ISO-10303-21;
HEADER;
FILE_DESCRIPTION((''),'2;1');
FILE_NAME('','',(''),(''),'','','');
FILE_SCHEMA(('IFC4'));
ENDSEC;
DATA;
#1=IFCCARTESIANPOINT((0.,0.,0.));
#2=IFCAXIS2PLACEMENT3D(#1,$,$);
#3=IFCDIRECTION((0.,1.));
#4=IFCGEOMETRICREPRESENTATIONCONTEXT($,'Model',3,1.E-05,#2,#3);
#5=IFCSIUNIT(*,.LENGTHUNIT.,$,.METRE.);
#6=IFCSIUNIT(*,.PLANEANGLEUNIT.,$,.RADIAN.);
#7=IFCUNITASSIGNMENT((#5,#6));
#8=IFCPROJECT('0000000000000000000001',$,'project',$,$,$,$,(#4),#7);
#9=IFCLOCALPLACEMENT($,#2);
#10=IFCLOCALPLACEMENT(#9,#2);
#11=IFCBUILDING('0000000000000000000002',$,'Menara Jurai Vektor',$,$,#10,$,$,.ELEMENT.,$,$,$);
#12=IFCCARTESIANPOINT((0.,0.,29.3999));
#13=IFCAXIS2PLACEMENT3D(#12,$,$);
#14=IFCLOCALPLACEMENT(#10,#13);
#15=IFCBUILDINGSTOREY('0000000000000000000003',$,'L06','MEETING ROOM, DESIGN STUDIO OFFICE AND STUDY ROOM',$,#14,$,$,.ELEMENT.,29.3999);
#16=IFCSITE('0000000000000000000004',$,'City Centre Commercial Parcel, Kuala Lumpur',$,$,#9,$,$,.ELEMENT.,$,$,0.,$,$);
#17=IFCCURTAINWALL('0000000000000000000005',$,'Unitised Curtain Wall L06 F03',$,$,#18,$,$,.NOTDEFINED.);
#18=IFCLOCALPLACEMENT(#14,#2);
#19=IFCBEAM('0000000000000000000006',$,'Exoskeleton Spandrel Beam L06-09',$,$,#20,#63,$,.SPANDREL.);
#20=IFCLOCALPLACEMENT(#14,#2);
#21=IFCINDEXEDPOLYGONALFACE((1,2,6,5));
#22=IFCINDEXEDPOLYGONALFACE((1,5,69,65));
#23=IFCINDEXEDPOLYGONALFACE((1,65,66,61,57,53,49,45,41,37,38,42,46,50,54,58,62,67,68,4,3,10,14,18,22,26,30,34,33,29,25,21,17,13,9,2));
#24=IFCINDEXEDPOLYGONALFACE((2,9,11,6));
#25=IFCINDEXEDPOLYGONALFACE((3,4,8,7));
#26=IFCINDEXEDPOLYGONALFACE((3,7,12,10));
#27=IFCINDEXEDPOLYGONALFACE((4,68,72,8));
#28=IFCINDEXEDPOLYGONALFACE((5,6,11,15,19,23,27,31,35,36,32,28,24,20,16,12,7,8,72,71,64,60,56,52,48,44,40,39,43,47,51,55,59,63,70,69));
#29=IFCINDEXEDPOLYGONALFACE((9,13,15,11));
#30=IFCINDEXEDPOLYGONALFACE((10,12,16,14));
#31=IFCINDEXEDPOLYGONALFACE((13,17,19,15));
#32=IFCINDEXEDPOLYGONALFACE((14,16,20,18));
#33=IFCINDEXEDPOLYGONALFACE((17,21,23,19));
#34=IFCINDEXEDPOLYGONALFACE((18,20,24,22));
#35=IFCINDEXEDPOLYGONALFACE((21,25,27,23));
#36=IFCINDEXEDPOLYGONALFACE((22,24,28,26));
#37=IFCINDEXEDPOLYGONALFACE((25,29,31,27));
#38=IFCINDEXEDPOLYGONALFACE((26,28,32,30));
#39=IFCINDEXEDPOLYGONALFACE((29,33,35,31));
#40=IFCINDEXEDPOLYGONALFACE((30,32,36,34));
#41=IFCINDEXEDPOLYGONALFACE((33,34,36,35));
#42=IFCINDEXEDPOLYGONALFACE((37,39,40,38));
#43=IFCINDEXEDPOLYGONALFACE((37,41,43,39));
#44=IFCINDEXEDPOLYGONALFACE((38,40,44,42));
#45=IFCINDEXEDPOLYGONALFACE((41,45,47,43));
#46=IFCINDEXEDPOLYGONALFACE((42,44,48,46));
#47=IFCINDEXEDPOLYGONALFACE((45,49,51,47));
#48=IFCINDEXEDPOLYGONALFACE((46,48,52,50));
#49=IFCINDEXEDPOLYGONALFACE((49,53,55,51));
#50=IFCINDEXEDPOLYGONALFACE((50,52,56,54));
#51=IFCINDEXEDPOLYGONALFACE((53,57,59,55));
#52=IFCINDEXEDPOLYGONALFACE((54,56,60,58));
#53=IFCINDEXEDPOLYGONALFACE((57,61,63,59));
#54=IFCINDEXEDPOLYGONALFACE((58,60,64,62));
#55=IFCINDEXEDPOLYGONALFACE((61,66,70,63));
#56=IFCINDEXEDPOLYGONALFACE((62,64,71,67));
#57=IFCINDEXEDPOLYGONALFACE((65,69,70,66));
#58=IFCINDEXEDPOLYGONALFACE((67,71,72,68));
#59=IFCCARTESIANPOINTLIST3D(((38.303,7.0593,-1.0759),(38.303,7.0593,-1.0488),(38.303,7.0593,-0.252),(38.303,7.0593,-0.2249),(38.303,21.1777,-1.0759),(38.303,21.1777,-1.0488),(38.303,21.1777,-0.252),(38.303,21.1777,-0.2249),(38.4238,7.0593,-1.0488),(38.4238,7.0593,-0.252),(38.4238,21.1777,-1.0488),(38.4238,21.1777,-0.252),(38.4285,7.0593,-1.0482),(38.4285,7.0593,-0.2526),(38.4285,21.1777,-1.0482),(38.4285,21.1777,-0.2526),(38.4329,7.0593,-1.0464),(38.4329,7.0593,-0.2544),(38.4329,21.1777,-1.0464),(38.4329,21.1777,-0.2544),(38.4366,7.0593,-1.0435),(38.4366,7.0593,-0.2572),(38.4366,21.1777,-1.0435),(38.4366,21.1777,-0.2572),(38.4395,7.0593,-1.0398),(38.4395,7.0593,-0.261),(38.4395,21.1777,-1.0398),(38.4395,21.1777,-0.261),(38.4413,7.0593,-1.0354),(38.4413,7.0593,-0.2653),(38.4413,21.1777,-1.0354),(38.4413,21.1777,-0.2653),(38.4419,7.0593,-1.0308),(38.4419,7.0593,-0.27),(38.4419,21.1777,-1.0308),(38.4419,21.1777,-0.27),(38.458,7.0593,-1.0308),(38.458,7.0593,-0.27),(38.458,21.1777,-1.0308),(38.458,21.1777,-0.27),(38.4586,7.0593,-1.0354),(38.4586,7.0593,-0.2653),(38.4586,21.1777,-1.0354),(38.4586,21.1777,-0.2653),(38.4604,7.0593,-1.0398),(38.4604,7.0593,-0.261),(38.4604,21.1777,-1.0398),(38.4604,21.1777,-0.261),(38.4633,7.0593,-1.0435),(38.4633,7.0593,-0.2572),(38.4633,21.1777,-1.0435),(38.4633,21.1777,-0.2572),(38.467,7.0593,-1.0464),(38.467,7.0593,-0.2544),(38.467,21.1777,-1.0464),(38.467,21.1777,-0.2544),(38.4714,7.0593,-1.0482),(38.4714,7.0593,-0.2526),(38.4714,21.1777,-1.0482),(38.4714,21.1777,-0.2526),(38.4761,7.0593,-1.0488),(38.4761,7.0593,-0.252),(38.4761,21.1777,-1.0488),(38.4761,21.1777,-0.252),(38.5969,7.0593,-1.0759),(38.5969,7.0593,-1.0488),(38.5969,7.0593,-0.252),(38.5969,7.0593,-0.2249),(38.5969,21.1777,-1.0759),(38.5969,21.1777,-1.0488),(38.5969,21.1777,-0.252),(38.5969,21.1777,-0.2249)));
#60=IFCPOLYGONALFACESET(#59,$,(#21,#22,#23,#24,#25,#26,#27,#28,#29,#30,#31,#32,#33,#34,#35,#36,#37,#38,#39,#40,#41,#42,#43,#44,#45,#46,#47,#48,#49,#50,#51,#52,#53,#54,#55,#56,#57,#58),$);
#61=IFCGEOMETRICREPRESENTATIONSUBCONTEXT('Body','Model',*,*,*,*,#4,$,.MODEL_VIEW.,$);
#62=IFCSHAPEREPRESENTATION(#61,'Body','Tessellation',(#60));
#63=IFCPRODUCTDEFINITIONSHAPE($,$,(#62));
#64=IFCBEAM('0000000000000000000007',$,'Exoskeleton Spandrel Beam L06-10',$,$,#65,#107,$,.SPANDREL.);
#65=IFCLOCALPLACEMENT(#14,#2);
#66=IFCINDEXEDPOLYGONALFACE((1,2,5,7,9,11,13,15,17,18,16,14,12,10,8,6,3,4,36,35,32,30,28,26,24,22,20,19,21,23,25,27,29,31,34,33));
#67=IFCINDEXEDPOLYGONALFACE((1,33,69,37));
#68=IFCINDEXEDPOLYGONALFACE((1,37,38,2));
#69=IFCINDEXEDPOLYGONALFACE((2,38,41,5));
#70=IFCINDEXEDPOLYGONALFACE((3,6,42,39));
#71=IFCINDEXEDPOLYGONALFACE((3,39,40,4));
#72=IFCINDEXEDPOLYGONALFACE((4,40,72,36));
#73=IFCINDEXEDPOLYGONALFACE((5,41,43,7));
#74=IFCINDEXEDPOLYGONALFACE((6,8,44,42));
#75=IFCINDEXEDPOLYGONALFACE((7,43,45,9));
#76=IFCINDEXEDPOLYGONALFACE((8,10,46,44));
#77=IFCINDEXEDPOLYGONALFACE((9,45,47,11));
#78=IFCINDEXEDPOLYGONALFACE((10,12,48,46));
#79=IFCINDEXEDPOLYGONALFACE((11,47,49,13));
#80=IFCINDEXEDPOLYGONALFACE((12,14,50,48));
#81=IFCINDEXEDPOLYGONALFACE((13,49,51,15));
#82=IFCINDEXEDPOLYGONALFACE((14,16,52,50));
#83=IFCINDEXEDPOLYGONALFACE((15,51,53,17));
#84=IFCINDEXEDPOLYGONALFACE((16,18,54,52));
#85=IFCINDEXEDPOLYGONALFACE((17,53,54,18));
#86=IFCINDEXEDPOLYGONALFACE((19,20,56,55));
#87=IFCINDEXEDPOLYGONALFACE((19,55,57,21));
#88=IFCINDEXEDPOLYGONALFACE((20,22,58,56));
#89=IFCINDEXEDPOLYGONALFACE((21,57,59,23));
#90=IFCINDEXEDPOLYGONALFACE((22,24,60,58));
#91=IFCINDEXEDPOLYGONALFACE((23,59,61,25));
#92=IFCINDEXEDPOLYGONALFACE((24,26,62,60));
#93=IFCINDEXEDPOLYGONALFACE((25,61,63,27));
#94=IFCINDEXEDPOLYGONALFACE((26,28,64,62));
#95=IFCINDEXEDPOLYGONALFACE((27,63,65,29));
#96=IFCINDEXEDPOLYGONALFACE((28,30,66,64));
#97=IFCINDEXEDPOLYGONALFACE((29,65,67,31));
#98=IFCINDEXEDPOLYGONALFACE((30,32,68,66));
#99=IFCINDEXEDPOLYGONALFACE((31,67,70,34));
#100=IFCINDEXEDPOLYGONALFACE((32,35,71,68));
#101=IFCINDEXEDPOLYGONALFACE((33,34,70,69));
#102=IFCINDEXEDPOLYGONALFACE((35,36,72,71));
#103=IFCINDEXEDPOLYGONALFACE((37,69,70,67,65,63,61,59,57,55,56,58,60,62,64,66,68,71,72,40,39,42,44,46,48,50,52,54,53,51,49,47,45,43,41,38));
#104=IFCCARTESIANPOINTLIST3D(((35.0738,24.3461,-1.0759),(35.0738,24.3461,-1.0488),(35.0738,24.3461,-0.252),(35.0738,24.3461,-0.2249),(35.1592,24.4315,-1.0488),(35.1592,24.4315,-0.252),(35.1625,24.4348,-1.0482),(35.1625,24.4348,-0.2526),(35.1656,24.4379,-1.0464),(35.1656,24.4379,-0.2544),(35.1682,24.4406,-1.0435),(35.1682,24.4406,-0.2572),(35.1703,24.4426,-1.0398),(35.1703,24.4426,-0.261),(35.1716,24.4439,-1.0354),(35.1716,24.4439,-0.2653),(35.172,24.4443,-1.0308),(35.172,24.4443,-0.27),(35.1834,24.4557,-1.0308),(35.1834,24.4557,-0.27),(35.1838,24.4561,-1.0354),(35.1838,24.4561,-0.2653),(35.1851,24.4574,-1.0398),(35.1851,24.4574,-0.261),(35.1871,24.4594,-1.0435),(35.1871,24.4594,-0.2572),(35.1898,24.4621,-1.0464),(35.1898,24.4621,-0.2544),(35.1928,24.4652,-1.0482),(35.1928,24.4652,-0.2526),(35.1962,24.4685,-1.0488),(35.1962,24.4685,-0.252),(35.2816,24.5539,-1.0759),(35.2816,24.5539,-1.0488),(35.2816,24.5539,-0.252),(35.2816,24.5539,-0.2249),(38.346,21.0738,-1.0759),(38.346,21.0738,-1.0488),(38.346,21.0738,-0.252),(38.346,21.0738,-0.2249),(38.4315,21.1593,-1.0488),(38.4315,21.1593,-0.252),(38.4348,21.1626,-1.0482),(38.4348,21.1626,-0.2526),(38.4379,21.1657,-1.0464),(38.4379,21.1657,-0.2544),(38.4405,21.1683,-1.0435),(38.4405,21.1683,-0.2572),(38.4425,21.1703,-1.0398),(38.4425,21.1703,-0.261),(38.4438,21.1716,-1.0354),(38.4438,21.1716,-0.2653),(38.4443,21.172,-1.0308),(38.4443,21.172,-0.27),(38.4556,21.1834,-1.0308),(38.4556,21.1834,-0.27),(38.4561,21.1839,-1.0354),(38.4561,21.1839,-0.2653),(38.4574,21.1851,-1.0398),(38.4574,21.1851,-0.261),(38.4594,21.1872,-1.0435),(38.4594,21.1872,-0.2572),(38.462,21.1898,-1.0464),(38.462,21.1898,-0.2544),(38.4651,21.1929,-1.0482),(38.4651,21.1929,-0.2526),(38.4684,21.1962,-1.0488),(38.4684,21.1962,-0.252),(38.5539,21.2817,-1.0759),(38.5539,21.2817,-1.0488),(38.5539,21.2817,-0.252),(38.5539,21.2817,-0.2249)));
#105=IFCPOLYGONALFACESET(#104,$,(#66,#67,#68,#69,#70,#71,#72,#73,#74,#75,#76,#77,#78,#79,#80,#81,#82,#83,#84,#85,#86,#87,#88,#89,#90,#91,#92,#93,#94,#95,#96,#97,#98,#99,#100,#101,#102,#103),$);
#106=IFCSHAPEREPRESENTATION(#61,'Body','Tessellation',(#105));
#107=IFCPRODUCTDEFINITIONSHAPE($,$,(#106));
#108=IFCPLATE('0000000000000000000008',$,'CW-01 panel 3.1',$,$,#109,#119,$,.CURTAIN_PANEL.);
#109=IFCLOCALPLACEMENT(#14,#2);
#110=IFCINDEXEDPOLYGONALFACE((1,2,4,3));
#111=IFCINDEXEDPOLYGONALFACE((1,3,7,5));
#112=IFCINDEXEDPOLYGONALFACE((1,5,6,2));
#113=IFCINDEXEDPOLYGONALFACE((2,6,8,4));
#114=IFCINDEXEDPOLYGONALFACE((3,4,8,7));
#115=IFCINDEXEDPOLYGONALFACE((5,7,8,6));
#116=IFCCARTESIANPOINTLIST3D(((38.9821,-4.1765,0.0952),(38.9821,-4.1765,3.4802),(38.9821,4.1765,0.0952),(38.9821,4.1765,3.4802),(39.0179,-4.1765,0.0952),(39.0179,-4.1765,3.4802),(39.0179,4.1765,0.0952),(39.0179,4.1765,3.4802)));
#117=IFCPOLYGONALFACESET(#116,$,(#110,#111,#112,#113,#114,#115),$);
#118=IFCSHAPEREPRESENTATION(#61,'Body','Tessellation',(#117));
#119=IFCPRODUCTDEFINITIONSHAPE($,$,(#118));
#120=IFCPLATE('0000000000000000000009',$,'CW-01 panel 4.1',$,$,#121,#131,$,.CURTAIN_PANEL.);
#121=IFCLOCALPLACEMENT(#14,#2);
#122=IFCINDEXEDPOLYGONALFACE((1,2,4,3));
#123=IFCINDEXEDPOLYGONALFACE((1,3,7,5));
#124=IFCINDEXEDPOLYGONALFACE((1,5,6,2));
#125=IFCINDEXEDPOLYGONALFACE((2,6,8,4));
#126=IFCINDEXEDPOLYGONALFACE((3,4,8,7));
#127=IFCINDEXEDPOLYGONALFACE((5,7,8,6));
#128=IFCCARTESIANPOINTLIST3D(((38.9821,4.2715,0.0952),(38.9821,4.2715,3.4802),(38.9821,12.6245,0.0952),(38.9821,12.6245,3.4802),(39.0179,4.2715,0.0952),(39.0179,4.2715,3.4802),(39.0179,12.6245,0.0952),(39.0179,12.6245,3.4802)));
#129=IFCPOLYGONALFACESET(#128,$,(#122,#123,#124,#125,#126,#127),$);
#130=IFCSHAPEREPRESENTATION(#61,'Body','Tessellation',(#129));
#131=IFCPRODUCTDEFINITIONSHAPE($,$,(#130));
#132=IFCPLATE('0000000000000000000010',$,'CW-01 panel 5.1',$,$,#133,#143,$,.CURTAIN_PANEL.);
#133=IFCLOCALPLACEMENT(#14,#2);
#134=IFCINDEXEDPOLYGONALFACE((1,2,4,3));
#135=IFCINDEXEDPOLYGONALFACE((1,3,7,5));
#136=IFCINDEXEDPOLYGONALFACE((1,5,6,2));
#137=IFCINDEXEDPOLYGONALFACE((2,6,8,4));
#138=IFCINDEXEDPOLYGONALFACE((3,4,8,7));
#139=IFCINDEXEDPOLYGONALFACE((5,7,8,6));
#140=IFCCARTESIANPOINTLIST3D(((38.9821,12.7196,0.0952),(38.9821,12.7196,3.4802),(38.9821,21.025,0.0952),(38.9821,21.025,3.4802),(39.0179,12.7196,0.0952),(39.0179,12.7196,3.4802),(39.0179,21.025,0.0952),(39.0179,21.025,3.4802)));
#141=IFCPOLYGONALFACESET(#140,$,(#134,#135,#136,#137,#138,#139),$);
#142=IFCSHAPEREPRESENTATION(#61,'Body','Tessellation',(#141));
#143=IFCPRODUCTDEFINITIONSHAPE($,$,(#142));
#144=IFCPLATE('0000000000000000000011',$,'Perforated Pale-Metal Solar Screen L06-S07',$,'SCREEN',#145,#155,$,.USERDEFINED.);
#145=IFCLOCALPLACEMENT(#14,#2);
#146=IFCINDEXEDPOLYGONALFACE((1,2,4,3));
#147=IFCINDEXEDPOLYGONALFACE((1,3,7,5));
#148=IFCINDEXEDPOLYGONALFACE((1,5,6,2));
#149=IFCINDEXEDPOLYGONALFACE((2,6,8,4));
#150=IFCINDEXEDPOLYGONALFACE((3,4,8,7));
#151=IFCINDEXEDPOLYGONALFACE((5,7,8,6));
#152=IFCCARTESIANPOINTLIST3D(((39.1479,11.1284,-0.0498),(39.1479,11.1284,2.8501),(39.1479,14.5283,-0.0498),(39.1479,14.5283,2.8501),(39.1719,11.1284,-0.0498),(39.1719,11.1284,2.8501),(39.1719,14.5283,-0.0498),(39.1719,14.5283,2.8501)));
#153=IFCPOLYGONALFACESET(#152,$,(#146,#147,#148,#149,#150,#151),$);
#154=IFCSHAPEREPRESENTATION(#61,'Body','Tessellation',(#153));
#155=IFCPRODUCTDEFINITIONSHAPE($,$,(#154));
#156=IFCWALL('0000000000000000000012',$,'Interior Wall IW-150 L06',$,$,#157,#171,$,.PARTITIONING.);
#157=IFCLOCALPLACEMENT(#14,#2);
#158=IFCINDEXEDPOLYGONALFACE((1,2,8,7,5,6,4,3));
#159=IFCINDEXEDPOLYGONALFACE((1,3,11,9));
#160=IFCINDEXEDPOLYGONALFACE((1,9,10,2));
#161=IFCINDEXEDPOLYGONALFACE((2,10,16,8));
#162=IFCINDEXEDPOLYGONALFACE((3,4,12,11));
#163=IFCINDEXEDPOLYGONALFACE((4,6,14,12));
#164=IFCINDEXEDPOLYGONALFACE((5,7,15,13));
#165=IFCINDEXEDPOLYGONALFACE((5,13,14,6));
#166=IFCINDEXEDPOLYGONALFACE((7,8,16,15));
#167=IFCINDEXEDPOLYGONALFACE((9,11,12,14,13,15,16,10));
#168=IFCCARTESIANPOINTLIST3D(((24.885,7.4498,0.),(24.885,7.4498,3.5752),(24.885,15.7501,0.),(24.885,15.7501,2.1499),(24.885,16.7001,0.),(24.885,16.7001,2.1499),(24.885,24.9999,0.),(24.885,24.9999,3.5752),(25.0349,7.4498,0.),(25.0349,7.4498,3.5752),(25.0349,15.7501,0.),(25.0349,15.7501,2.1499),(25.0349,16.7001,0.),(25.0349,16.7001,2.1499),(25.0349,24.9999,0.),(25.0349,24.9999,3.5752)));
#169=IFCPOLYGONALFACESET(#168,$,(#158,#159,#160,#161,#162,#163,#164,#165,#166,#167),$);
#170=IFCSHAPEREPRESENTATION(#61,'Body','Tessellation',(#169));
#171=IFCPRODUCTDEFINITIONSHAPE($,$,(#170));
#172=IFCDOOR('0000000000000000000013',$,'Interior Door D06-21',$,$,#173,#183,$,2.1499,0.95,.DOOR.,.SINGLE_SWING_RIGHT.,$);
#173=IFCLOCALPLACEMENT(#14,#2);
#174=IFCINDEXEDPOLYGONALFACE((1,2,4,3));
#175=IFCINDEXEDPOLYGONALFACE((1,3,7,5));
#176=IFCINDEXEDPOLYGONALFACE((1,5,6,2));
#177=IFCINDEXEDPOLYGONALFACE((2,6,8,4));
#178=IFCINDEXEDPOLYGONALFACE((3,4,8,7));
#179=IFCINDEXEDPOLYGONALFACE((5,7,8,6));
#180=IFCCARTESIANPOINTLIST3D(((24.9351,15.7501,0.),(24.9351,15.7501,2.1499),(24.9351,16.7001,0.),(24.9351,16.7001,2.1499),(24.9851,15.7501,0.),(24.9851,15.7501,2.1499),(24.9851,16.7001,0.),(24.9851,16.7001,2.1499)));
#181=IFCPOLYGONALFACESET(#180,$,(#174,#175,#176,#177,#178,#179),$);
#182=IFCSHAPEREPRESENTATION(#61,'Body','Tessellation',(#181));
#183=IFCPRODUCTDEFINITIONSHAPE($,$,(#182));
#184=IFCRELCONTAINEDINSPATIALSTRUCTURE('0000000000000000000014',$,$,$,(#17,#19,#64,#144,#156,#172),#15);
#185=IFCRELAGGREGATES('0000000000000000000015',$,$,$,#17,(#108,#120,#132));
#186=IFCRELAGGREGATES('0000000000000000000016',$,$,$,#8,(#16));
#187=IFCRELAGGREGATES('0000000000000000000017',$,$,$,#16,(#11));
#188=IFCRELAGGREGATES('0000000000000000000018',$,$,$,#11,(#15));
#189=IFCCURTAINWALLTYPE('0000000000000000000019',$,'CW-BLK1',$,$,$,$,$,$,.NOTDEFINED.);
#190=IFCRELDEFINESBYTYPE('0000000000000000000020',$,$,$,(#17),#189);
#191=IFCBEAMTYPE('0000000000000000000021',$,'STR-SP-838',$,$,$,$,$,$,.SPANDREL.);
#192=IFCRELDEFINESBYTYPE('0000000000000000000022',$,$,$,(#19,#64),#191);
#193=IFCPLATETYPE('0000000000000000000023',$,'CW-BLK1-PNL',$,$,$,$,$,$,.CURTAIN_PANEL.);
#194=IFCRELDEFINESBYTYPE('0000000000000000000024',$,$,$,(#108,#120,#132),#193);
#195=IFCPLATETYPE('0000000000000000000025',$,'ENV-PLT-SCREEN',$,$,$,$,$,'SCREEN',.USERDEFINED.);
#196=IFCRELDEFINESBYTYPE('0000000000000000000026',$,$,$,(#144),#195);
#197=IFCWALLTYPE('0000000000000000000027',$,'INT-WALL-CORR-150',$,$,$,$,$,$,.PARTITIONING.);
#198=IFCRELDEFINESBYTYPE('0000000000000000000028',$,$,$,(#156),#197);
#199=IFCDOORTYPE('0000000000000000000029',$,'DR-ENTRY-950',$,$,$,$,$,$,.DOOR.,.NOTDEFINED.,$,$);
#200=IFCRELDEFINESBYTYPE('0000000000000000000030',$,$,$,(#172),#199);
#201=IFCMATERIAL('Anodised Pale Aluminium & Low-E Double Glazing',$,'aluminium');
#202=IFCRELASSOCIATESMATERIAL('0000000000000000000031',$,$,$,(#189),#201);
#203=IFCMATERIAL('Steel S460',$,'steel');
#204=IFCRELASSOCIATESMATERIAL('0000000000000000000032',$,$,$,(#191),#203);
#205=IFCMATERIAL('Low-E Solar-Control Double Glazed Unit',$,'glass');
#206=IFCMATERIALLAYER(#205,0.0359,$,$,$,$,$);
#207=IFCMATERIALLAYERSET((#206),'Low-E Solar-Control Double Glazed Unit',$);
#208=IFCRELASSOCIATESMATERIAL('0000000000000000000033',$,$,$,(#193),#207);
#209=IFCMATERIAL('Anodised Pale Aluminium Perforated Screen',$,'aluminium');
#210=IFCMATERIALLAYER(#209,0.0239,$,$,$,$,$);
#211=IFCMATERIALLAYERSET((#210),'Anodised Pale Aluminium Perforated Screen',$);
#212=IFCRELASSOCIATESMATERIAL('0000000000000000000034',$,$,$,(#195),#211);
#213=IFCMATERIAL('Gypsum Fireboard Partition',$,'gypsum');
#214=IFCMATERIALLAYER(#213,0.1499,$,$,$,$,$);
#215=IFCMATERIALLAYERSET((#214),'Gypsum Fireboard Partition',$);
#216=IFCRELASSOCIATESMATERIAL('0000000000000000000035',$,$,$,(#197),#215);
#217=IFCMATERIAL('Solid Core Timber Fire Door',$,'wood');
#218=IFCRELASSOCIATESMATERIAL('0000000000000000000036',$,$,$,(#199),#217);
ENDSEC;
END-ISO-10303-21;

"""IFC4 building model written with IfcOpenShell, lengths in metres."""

from ifc_helpers import new_model, si_unit, direction, frame, frame_2d, origin, origin_2d, place, context, subcontext, project, spatial, rectangle, i_section, extrude, material, layer, layer_set, material_profile, profile_set, type_object, element, fill, aggregate, save


model = new_model("IFC4")

# Units and contexts
model_context = context("Model", 3, precision=1e-05, world=origin(), true_north=direction((0.0, 1.0)))
body_context = subcontext(model_context, "Body", "Model", "MODEL_VIEW")
ifc_project = project(units=[si_unit("LENGTHUNIT", "METRE"), si_unit("PLANEANGLEUNIT", "RADIAN")], contexts=[model_context])

# Site, building, storey
site_placement = place(None, origin())
site = spatial("IfcSite", under=ifc_project, at=site_placement, Name="City Centre Commercial Parcel, Kuala Lumpur", CompositionType="ELEMENT", RefElevation=0.0)
building_placement = place(site_placement, origin())
building = spatial("IfcBuilding", under=site, at=building_placement, Name="Menara Jurai Vektor", CompositionType="ELEMENT")
storey_placement = place(building_placement, frame((0.0, 0.0, 29.3999)))
storey = spatial("IfcBuildingStorey", under=building, at=storey_placement, Name="L06", Description="MEETING ROOM, DESIGN STUDIO OFFICE AND STUDY ROOM", CompositionType="ELEMENT", Elevation=29.3999)

# Shared definitions
ifc_material_1 = material(Name="Steel S460", Category="steel")

# Curtain wall
ifc_material_2 = material(Name="Anodised Pale Aluminium & Low-E Double Glazing", Category="aluminium")
curtain_wall_type = type_object("IfcCurtainWallType", Name="CW-BLK1", PredefinedType="NOTDEFINED", material=ifc_material_2)
curtain_wall_placement = place(storey_placement, origin())
curtain_wall = element("IfcCurtainWall", 1, at=curtain_wall_placement, inside=storey, type_object=curtain_wall_type, Name="Unitised Curtain Wall L06 F03", PredefinedType="NOTDEFINED")

# Beams
ifc_material_profile_1 = material_profile(ifc_material_1, i_section(OverallWidth=0.2939, OverallDepth=0.8511, WebThickness=0.0161, FlangeThickness=0.0271, FilletRadius=0.0181, at=origin_2d()), Name="UKB 838x292x226")
ifc_profile_set_1 = profile_set([ifc_material_profile_1], Name="Steel S460")
beam_type_1 = type_object("IfcBeamType", Name="STR-SP-838", PredefinedType="SPANDREL", material=ifc_profile_set_1)
beam_1_placement = place(storey_placement, frame((38.45, 7.0593, -0.6504), z_axis=(0.0, 1.0, 0.0), x_axis=(-1.0, 0.0, 0.0)))
element("IfcBeam", 2, at=beam_1_placement, inside=storey, type_object=beam_type_1, Name="Exoskeleton Spandrel Beam L06-09", PredefinedType="SPANDREL", context=body_context, shape_type="SweptSolid", body=[
    extrude(i_section(OverallWidth=0.2939, OverallDepth=0.8511, WebThickness=0.0161, FlangeThickness=0.0271, FilletRadius=0.0181, at=origin_2d()), origin(), (0.0, 0.0, 1.0), 14.1184),
])
beam_2_placement = place(storey_placement, frame((38.45, 21.1777, -0.6504), z_axis=(-0.707107, 0.707107, 0.0), x_axis=(-0.707107, -0.707107, 0.0)))
element("IfcBeam", 3, at=beam_2_placement, inside=storey, type_object=beam_type_1, Name="Exoskeleton Spandrel Beam L06-10", PredefinedType="SPANDREL", context=body_context, shape_type="SweptSolid", body=[
    extrude(i_section(OverallWidth=0.2939, OverallDepth=0.8511, WebThickness=0.0161, FlangeThickness=0.0271, FilletRadius=0.0181, at=origin_2d()), origin(), (0.0, 0.0, 1.0), 4.6277),
])

# Plates
ifc_material_3 = material(Name="Low-E Solar-Control Double Glazed Unit", Category="glass")
ifc_layer_1 = layer(ifc_material_3, 0.0359)
ifc_layer_set_1 = layer_set([ifc_layer_1], Name="Low-E Solar-Control Double Glazed Unit")
plate_type_1 = type_object("IfcPlateType", Name="CW-BLK1-PNL", PredefinedType="CURTAIN_PANEL", material=ifc_layer_set_1)
plate_1_placement = place(storey_placement, frame((39.0, 0.0, 0.0952), z_axis=(0.0, 0.0, 1.0), x_axis=(0.0, 1.0, 0.0)))
plate_1 = element("IfcPlate", 4, at=plate_1_placement, type_object=plate_type_1, Name="CW-01 panel 3.1", PredefinedType="CURTAIN_PANEL", context=body_context, shape_type="SweptSolid", body=[
    extrude(rectangle(XDim=8.353, YDim=0.0359, at=origin_2d()), origin(), (0.0, 0.0, 1.0), 3.385),
])
plate_2_placement = place(storey_placement, frame((39.0, 8.448, 0.0952), z_axis=(0.0, 0.0, 1.0), x_axis=(0.0, 1.0, 0.0)))
plate_2 = element("IfcPlate", 5, at=plate_2_placement, type_object=plate_type_1, Name="CW-01 panel 4.1", PredefinedType="CURTAIN_PANEL", context=body_context, shape_type="SweptSolid", body=[
    extrude(rectangle(XDim=8.353, YDim=0.0359, at=origin_2d()), origin(), (0.0, 0.0, 1.0), 3.385),
])
plate_3_placement = place(storey_placement, frame((39.0, 16.8723, 0.0952), z_axis=(0.0, 0.0, 1.0), x_axis=(0.0, 1.0, 0.0)))
plate_3 = element("IfcPlate", 6, at=plate_3_placement, type_object=plate_type_1, Name="CW-01 panel 5.1", PredefinedType="CURTAIN_PANEL", context=body_context, shape_type="SweptSolid", body=[
    extrude(rectangle(XDim=8.3054, YDim=0.0359, at=origin_2d()), origin(), (0.0, 0.0, 1.0), 3.385),
])
aggregate(curtain_wall, [plate_1, plate_2, plate_3])
ifc_material_4 = material(Name="Anodised Pale Aluminium Perforated Screen", Category="aluminium")
ifc_layer_2 = layer(ifc_material_4, 0.0239)
ifc_layer_set_2 = layer_set([ifc_layer_2], Name="Anodised Pale Aluminium Perforated Screen")
plate_type_2 = type_object("IfcPlateType", Name="ENV-PLT-SCREEN", ElementType="SCREEN", PredefinedType="USERDEFINED", material=ifc_layer_set_2)
plate_4_placement = place(storey_placement, frame((39.1599, 12.8284, -0.0498), z_axis=(0.0, 0.0, 1.0), x_axis=(0.0, 1.0, 0.0)))
element("IfcPlate", 7, at=plate_4_placement, inside=storey, type_object=plate_type_2, Name="Perforated Pale-Metal Solar Screen L06-S07", ObjectType="SCREEN", PredefinedType="USERDEFINED", context=body_context, shape_type="SweptSolid", body=[
    extrude(rectangle(XDim=3.3999, YDim=0.0239, at=origin_2d()), origin(), (0.0, 0.0, 1.0), 2.8999),
])

# Wall, opening, door
ifc_material_5 = material(Name="Gypsum Fireboard Partition", Category="gypsum")
ifc_layer_3 = layer(ifc_material_5, 0.1499)
ifc_layer_set_3 = layer_set([ifc_layer_3], Name="Gypsum Fireboard Partition")
wall_type_1 = type_object("IfcWallType", Name="INT-WALL-CORR-150", PredefinedType="PARTITIONING", material=ifc_layer_set_3)
wall_1_placement = place(storey_placement, frame((24.96, 7.45, 0.0), z_axis=(0.0, 0.0, 1.0), x_axis=(0.0, 1.0, 0.0)))
wall_1 = element("IfcWall", 8, at=wall_1_placement, inside=storey, type_object=wall_type_1, Name="Interior Wall IW-150 L06", PredefinedType="PARTITIONING", context=body_context, shape_type="SweptSolid", body=[
    extrude(rectangle(XDim=17.55, YDim=0.1499, at=frame_2d((8.7749, 0.0))), origin(), (0.0, 0.0, 1.0), 3.5752),
])
opening_placement = place(wall_1_placement, frame((8.3, 0.0, 0.0)))
opening = element("IfcOpeningElement", 9, at=opening_placement, cuts=wall_1, PredefinedType="OPENING", context=body_context, shape_type="SweptSolid", body=[
    extrude(rectangle(XDim=0.95, YDim=2.1499, at=frame_2d((0.4751, 1.075))), frame((0.0, 0.085, 0.0), z_axis=(0.0, -1.0, 0.0), x_axis=(1.0, 0.0, 0.0)), (0.0, 0.0, 1.0), 0.1699),
])
ifc_material_6 = material(Name="Solid Core Timber Fire Door", Category="wood")
door_type = type_object("IfcDoorType", Name="DR-ENTRY-950", OperationType="NOTDEFINED", PredefinedType="DOOR", material=ifc_material_6)
door_placement = place(opening_placement, origin())
door = element("IfcDoor", 10, at=door_placement, inside=storey, type_object=door_type, Name="Interior Door D06-21", OperationType="SINGLE_SWING_RIGHT", OverallHeight=2.1499, OverallWidth=0.95, PredefinedType="DOOR", context=body_context, shape_type="SweptSolid", body=[
    extrude(rectangle(XDim=0.95, YDim=2.1499, at=frame_2d((0.4751, 1.075))), frame((0.0, 0.0249, 0.0), z_axis=(0.0, -1.0, 0.0), x_axis=(1.0, 0.0, 0.0)), (0.0, 0.0, 1.0), 0.05),
])
fill(opening, door)

save(model, "model.ifc")
